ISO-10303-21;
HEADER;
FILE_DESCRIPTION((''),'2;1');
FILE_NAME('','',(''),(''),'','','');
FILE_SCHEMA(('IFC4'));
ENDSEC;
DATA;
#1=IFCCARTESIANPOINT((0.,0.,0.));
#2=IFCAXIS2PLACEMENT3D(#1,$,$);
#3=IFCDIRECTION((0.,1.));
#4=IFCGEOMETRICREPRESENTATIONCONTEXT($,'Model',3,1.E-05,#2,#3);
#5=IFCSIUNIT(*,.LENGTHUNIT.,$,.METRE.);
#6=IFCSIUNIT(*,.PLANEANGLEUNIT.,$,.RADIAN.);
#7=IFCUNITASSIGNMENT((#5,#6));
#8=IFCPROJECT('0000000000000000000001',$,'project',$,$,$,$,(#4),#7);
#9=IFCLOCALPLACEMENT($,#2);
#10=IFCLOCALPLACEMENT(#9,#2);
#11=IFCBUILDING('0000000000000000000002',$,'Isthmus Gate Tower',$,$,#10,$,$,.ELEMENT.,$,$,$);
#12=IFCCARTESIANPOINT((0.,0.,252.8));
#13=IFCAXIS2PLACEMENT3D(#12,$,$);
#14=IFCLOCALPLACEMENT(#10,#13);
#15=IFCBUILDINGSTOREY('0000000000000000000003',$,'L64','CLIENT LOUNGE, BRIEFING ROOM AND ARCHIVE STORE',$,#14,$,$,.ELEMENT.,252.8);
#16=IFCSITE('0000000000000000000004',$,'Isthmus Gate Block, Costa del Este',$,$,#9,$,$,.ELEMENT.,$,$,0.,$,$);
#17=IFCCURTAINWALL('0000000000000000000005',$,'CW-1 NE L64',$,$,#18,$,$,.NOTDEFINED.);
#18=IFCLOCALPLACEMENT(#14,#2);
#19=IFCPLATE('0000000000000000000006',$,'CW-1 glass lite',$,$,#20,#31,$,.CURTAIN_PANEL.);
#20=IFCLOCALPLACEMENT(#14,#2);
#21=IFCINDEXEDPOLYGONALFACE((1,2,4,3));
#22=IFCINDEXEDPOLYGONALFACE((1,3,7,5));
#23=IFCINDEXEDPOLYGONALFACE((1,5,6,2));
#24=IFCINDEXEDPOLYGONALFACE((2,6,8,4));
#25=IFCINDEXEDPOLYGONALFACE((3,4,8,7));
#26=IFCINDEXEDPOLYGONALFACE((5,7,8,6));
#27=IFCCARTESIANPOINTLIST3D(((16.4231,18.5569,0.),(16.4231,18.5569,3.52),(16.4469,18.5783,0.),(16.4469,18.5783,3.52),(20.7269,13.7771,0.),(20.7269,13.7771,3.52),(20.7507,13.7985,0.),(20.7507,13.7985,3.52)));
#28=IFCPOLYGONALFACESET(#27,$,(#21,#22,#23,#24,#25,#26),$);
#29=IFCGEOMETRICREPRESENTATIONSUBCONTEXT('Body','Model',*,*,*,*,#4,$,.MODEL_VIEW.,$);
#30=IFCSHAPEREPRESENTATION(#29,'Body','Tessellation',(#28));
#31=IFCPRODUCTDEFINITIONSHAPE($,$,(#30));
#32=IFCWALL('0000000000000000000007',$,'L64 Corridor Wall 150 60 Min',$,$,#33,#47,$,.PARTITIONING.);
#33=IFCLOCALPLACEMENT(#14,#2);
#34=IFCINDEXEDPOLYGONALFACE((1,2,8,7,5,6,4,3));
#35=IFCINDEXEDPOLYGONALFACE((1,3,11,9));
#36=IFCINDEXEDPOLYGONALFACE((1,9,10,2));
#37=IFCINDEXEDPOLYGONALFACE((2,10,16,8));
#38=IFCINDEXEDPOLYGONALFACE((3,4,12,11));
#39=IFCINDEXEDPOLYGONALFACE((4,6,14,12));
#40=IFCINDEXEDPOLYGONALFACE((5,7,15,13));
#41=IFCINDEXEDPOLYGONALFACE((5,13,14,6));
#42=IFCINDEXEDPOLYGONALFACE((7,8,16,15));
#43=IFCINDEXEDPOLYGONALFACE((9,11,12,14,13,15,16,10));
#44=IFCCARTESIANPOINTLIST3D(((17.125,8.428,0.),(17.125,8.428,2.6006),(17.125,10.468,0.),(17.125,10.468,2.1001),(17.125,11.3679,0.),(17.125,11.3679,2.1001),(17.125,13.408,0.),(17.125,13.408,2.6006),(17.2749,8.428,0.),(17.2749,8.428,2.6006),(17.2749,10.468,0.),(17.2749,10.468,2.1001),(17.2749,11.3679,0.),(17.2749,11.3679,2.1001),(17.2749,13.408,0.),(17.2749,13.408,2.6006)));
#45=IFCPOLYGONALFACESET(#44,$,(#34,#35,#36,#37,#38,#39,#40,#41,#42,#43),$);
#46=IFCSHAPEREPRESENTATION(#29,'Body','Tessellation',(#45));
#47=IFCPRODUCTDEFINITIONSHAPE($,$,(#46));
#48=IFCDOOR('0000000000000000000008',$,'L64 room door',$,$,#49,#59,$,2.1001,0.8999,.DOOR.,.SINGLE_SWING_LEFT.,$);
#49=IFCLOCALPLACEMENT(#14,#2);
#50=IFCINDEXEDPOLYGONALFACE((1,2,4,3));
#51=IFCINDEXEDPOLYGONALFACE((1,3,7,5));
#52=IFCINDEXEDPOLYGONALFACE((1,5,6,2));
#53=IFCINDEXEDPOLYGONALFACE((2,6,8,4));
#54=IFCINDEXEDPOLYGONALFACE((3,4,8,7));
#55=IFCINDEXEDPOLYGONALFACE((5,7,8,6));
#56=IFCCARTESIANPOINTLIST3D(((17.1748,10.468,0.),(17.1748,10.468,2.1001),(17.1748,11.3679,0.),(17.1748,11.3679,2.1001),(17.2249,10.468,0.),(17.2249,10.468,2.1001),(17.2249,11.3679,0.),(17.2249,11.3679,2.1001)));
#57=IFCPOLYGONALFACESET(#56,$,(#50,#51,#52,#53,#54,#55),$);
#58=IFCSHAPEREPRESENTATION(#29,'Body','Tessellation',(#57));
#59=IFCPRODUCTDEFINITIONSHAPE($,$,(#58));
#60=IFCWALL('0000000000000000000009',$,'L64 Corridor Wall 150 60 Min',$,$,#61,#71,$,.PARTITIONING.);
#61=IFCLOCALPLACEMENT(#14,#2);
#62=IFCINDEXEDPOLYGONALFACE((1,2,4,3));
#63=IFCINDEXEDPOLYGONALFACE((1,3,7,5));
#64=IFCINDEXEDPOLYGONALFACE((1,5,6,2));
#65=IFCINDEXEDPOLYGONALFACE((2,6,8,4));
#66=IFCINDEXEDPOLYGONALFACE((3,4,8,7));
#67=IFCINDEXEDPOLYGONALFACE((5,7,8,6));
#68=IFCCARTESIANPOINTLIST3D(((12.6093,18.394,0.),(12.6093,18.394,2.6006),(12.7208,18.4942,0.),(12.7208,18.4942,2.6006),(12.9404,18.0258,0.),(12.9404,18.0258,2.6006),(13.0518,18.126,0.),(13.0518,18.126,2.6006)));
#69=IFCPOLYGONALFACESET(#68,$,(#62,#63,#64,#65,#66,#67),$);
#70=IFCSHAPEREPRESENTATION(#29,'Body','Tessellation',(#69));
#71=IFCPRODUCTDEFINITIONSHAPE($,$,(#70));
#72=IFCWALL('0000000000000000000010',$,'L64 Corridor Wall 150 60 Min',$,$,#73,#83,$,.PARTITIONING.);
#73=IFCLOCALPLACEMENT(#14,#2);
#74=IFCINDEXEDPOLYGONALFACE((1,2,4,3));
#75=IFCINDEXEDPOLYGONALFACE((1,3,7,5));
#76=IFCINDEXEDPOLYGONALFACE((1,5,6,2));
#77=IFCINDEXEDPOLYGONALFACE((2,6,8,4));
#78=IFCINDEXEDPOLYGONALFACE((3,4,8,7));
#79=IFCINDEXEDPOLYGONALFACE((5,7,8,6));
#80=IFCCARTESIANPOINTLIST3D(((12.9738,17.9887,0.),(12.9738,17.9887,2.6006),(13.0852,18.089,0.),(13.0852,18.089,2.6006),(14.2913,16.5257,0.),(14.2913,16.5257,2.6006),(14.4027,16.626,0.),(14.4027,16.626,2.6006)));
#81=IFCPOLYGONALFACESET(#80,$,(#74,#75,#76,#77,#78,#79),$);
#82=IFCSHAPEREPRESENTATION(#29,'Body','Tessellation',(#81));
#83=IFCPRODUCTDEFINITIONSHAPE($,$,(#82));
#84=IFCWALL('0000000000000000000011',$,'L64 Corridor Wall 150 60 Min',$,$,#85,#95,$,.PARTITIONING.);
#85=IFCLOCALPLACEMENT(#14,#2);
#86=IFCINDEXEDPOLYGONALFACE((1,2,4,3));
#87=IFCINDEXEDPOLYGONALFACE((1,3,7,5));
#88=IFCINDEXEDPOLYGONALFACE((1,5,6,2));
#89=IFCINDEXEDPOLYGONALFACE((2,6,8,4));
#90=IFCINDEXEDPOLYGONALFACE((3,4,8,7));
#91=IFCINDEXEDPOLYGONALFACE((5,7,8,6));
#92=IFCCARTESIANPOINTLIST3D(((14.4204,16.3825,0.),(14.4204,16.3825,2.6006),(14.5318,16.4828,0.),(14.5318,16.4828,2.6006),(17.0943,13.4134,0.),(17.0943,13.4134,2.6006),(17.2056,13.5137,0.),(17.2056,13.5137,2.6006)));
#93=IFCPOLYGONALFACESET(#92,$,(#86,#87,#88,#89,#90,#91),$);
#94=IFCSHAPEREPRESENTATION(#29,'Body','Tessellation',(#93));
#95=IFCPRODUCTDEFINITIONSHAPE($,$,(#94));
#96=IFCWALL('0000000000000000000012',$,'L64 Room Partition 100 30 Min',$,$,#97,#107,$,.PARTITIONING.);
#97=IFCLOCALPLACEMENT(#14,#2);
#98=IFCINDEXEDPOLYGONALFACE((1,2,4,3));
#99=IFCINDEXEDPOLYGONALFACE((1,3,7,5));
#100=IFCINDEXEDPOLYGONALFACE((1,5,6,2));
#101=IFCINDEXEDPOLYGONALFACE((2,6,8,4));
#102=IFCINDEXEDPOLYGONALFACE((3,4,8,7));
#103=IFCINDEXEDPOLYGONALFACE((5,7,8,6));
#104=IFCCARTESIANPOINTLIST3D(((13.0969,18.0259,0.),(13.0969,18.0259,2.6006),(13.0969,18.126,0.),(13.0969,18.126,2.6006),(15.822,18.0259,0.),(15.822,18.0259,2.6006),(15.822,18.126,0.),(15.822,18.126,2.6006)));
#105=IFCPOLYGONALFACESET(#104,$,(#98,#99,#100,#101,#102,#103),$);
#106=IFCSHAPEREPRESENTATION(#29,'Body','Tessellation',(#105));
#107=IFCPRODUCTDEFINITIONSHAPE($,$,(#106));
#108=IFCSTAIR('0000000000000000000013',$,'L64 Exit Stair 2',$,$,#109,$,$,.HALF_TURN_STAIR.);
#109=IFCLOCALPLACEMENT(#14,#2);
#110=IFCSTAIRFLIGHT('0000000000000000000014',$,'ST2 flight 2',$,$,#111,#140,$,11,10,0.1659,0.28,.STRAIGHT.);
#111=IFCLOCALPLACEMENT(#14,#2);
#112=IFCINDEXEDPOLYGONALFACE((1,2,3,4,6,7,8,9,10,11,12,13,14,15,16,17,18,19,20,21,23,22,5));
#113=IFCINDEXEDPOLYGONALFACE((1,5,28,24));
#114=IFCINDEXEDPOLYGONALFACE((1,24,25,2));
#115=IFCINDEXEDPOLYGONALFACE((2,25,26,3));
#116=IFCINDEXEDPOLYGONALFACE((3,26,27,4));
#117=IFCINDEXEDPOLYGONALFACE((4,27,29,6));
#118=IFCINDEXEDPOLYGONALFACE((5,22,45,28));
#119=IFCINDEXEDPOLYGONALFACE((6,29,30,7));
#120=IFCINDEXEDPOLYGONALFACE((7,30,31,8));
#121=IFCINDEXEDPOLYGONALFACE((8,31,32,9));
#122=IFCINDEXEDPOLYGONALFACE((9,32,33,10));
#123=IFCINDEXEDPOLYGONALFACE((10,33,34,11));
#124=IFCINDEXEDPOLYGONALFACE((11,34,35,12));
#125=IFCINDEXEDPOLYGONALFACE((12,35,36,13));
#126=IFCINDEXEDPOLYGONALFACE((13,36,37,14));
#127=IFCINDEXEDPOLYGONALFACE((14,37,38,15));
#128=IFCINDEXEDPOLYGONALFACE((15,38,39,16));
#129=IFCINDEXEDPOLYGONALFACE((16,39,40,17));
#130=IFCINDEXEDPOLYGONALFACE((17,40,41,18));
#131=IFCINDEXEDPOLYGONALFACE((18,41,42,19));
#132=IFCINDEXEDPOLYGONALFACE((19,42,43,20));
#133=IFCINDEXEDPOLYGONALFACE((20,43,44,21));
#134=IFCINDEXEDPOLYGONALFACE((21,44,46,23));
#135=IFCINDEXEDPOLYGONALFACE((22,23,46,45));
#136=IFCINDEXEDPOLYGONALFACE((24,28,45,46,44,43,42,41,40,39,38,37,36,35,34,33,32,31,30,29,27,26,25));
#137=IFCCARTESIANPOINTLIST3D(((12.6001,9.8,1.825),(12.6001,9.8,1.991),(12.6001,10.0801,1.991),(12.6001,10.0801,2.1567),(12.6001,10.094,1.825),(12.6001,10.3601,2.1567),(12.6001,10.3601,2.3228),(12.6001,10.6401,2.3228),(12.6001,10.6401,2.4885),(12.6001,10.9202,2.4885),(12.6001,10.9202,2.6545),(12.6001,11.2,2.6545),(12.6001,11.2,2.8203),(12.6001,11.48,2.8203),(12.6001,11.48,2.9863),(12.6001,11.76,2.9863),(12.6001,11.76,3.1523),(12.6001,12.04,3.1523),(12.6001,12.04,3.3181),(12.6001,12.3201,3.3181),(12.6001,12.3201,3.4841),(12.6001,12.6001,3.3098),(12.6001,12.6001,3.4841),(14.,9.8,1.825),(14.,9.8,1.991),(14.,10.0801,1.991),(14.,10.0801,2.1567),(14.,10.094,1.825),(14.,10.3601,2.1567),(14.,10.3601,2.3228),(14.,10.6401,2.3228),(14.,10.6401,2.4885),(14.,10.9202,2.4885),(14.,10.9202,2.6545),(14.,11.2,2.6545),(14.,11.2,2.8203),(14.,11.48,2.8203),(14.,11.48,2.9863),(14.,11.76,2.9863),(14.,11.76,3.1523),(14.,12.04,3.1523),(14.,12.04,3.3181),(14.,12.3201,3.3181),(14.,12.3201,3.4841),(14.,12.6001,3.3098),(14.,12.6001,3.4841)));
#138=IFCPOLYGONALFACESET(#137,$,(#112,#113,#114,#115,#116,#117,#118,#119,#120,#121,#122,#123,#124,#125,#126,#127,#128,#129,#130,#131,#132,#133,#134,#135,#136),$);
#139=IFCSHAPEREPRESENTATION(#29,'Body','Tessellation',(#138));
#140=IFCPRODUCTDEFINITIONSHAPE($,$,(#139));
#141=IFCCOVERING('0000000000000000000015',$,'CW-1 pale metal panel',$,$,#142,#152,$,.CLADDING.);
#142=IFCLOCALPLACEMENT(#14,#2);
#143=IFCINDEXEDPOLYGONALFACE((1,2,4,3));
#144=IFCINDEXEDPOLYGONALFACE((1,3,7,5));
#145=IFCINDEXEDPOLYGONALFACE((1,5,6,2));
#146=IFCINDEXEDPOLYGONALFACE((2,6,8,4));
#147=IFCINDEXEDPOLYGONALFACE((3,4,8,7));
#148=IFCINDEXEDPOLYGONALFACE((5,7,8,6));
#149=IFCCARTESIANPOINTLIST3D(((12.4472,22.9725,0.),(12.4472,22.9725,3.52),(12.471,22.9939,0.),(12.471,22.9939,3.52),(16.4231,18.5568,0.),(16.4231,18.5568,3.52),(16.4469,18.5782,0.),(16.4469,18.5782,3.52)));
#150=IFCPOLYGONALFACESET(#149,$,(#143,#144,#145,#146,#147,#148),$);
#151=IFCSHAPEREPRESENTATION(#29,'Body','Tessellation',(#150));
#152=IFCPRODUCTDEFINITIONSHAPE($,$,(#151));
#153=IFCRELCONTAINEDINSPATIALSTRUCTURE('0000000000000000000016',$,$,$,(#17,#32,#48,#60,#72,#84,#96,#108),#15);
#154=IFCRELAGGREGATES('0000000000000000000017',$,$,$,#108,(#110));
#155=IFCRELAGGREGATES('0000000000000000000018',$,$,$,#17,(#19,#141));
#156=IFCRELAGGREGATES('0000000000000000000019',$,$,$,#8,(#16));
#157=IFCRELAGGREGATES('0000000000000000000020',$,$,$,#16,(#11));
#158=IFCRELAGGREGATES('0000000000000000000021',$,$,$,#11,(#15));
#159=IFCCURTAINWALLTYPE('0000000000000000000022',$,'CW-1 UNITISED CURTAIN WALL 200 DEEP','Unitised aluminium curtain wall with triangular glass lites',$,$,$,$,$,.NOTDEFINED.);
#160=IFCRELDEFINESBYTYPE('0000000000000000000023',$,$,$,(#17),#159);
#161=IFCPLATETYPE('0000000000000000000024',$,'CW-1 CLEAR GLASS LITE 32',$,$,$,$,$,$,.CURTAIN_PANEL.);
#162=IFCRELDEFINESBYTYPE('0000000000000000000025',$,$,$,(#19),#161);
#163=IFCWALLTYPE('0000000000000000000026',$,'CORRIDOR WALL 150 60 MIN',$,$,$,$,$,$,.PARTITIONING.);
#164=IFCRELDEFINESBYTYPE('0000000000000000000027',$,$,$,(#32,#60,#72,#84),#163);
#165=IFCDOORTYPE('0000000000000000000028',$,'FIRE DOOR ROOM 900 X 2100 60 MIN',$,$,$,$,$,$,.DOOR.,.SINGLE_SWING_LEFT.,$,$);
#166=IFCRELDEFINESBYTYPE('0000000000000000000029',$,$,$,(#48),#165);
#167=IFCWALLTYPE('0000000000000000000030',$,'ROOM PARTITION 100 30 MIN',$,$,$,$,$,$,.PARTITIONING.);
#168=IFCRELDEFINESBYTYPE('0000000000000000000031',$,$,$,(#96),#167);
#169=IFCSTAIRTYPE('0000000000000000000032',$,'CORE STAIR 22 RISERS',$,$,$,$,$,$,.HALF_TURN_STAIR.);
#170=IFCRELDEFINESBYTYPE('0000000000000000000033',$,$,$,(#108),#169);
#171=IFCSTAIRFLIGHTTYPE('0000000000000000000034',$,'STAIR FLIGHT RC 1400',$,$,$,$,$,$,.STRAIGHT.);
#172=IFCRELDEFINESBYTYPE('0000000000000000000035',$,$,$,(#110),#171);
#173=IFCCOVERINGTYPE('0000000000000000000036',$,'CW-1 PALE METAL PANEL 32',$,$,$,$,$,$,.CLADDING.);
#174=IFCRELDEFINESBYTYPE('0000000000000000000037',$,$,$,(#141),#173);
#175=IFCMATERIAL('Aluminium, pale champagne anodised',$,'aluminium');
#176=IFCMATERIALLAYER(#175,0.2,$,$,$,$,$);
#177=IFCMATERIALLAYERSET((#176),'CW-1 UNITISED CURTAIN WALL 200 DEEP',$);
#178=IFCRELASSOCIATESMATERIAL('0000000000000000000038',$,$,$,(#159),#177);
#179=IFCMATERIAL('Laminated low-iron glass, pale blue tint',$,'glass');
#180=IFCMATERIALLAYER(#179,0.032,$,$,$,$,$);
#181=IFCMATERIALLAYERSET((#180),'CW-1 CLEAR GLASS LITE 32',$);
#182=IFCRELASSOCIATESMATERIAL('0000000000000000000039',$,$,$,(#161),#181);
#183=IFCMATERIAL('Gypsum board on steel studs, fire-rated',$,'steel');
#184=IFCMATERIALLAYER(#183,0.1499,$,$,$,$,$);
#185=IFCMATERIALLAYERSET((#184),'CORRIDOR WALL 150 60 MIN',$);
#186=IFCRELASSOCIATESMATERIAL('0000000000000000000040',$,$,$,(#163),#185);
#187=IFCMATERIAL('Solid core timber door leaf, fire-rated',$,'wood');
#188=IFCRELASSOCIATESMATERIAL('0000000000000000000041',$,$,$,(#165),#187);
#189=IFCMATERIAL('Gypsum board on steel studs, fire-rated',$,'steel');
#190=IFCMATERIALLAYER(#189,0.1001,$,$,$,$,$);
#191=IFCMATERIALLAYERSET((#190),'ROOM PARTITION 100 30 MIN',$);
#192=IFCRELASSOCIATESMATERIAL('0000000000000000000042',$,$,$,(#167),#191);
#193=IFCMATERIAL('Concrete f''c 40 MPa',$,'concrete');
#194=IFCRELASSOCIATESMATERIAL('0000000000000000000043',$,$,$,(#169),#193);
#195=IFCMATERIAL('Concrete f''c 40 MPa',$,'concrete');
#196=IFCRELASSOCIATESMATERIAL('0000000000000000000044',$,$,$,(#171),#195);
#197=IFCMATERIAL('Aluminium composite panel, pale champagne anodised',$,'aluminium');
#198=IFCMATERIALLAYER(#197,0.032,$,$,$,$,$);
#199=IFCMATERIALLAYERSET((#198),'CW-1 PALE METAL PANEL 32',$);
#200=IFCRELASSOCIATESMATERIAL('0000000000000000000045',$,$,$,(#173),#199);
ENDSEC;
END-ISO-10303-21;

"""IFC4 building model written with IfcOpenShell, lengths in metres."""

from ifc_helpers import new_model, si_unit, direction, frame, frame_2d, origin, origin_2d, place, context, subcontext, project, spatial, polyline, rectangle, outline, extrude, material, layer, layer_set, type_object, element, fill, aggregate, save


model = new_model("IFC4")

# Units and contexts
model_context = context("Model", 3, precision=1e-05, world=origin(), true_north=direction((0.0, 1.0)))
body_context = subcontext(model_context, "Body", "Model", "MODEL_VIEW")
ifc_project = project(units=[si_unit("LENGTHUNIT", "METRE"), si_unit("PLANEANGLEUNIT", "RADIAN")], contexts=[model_context])

# Site, building, storey
site_placement = place(None, origin())
site = spatial("IfcSite", under=ifc_project, at=site_placement, Name="Isthmus Gate Block, Costa del Este", CompositionType="ELEMENT", RefElevation=0.0)
building_placement = place(site_placement, origin())
building = spatial("IfcBuilding", under=site, at=building_placement, Name="Isthmus Gate Tower", CompositionType="ELEMENT")
storey_placement = place(building_placement, frame((0.0, 0.0, 252.8)))
storey = spatial("IfcBuildingStorey", under=building, at=storey_placement, Name="L64", Description="CLIENT LOUNGE, BRIEFING ROOM AND ARCHIVE STORE", CompositionType="ELEMENT", Elevation=252.8)

# Curtain wall
ifc_material_1 = material(Name="Aluminium, pale champagne anodised", Category="aluminium")
ifc_layer_1 = layer(ifc_material_1, 0.2)
ifc_layer_set_1 = layer_set([ifc_layer_1], Name="CW-1 UNITISED CURTAIN WALL 200 DEEP")
curtain_wall_type = type_object("IfcCurtainWallType", Name="CW-1 UNITISED CURTAIN WALL 200 DEEP", Description="Unitised aluminium curtain wall with triangular glass lites", PredefinedType="NOTDEFINED", material=ifc_layer_set_1)
curtain_wall_placement = place(storey_placement, origin())
curtain_wall = element("IfcCurtainWall", 1, at=curtain_wall_placement, inside=storey, type_object=curtain_wall_type, Name="CW-1 NE L64", PredefinedType="NOTDEFINED")

# Plate
ifc_material_2 = material(Name="Laminated low-iron glass, pale blue tint", Category="glass")
ifc_layer_2 = layer(ifc_material_2, 0.032)
ifc_layer_set_2 = layer_set([ifc_layer_2], Name="CW-1 CLEAR GLASS LITE 32")
plate_type = type_object("IfcPlateType", Name="CW-1 CLEAR GLASS LITE 32", PredefinedType="CURTAIN_PANEL", material=ifc_layer_set_2)
plate_1_placement = place(storey_placement, frame((18.5869, 16.1777, 0.0), z_axis=(0.0, 0.0, 1.0), x_axis=(-0.669131, 0.743145, 0.0)))
plate_1 = element("IfcPlate", 2, at=plate_1_placement, type_object=plate_type, Name="CW-1 glass lite", PredefinedType="CURTAIN_PANEL", context=body_context, shape_type="SweptSolid", body=[
    extrude(rectangle(XDim=6.4319, YDim=0.032, at=origin_2d()), origin(), (0.0, 0.0, 1.0), 3.52),
])

# Wall, opening, door
ifc_material_3 = material(Name="Gypsum board on steel studs, fire-rated", Category="steel")
ifc_layer_3 = layer(ifc_material_3, 0.1499)
ifc_layer_set_3 = layer_set([ifc_layer_3], Name="CORRIDOR WALL 150 60 MIN")
wall_type_1 = type_object("IfcWallType", Name="CORRIDOR WALL 150 60 MIN", PredefinedType="PARTITIONING", material=ifc_layer_set_3)
wall_1_placement = place(storey_placement, frame((17.2, 13.408, 0.0), z_axis=(0.0, 0.0, 1.0), x_axis=(0.0, -1.0, 0.0)))
wall_1 = element("IfcWall", 3, at=wall_1_placement, inside=storey, type_object=wall_type_1, Name="L64 Corridor Wall 150 60 Min", PredefinedType="PARTITIONING", context=body_context, shape_type="SweptSolid", body=[
    extrude(rectangle(XDim=4.98, YDim=0.1499, at=frame_2d((2.49, 0.0))), origin(), (0.0, 0.0, 1.0), 2.6006),
])
opening_placement = place(wall_1_placement, frame((2.04, 0.0, 0.0)))
opening = element("IfcOpeningElement", 4, at=opening_placement, cuts=wall_1, PredefinedType="OPENING", context=body_context, shape_type="SweptSolid", body=[
    extrude(rectangle(XDim=0.8999, YDim=2.1001, at=frame_2d((0.45, 1.05))), frame((0.0, 0.085, 0.0), z_axis=(0.0, -1.0, 0.0), x_axis=(1.0, 0.0, 0.0)), (0.0, 0.0, 1.0), 0.1699),
])
ifc_material_4 = material(Name="Solid core timber door leaf, fire-rated", Category="wood")
door_type = type_object("IfcDoorType", Name="FIRE DOOR ROOM 900 X 2100 60 MIN", OperationType="SINGLE_SWING_LEFT", PredefinedType="DOOR", material=ifc_material_4)
door_placement = place(opening_placement, origin())
door = element("IfcDoor", 5, at=door_placement, inside=storey, type_object=door_type, Name="L64 room door", OperationType="SINGLE_SWING_LEFT", OverallHeight=2.1001, OverallWidth=0.8999, PredefinedType="DOOR", context=body_context, shape_type="SweptSolid", body=[
    extrude(rectangle(XDim=0.8999, YDim=2.1001, at=frame_2d((0.45, 1.05))), frame((0.0, 0.0249, 0.0), z_axis=(0.0, -1.0, 0.0), x_axis=(1.0, 0.0, 0.0)), (0.0, 0.0, 1.0), 0.05),
])
fill(opening, door)

# Walls
wall_2_placement = place(storey_placement, frame((12.665, 18.4441, 0.0), z_axis=(0.0, 0.0, 1.0), x_axis=(0.668638, -0.743588, 0.0)))
element("IfcWall", 6, at=wall_2_placement, inside=storey, type_object=wall_type_1, Name="L64 Corridor Wall 150 60 Min", PredefinedType="PARTITIONING", context=body_context, shape_type="SweptSolid", body=[
    extrude(rectangle(XDim=0.4951, YDim=0.1499, at=frame_2d((0.2476, 0.0))), origin(), (0.0, 0.0, 1.0), 2.6006),
])
wall_3_placement = place(storey_placement, frame((13.0295, 18.0388, 0.0), z_axis=(0.0, 0.0, 1.0), x_axis=(0.669184, -0.743097, 0.0)))
element("IfcWall", 7, at=wall_3_placement, inside=storey, type_object=wall_type_1, Name="L64 Corridor Wall 150 60 Min", PredefinedType="PARTITIONING", context=body_context, shape_type="SweptSolid", body=[
    extrude(rectangle(XDim=1.9688, YDim=0.1499, at=frame_2d((0.9844, 0.0))), origin(), (0.0, 0.0, 1.0), 2.6006),
])
wall_4_placement = place(storey_placement, frame((14.4761, 16.4326, 0.0), z_axis=(0.0, 0.0, 1.0), x_axis=(0.669204, -0.743078, 0.0)))
element("IfcWall", 8, at=wall_4_placement, inside=storey, type_object=wall_type_1, Name="L64 Corridor Wall 150 60 Min", PredefinedType="PARTITIONING", context=body_context, shape_type="SweptSolid", body=[
    extrude(rectangle(XDim=3.9956, YDim=0.1499, at=frame_2d((1.9978, 0.0))), origin(), (0.0, 0.0, 1.0), 2.6006),
])
ifc_material_5 = material(Name="Gypsum board on steel studs, fire-rated", Category="steel")
ifc_layer_4 = layer(ifc_material_5, 0.1001)
ifc_layer_set_4 = layer_set([ifc_layer_4], Name="ROOM PARTITION 100 30 MIN")
wall_type_2 = type_object("IfcWallType", Name="ROOM PARTITION 100 30 MIN", PredefinedType="PARTITIONING", material=ifc_layer_set_4)
wall_5_placement = place(storey_placement, frame((13.0969, 18.0759, 0.0), z_axis=(0.0, 0.0, 1.0), x_axis=(1.0, 0.0, 0.0)))
element("IfcWall", 9, at=wall_5_placement, inside=storey, type_object=wall_type_2, Name="L64 Room Partition 100 30 Min", PredefinedType="PARTITIONING", context=body_context, shape_type="SweptSolid", body=[
    extrude(rectangle(XDim=2.7251, YDim=0.1001, at=frame_2d((1.3625, 0.0))), origin(), (0.0, 0.0, 1.0), 2.6006),
])

# Stair, stair flight
ifc_material_6 = material(Name="Concrete f'c 40 MPa", Category="concrete")
stair_type = type_object("IfcStairType", Name="CORE STAIR 22 RISERS", PredefinedType="HALF_TURN_STAIR", material=ifc_material_6)
stair_placement = place(storey_placement, origin())
stair = element("IfcStair", 10, at=stair_placement, inside=storey, type_object=stair_type, Name="L64 Exit Stair 2", PredefinedType="HALF_TURN_STAIR")
ifc_material_7 = material(Name="Concrete f'c 40 MPa", Category="concrete")
stair_flight_type = type_object("IfcStairFlightType", Name="STAIR FLIGHT RC 1400", PredefinedType="STRAIGHT", material=ifc_material_7)
stair_flight_placement = place(storey_placement, frame((13.3, 9.8, 1.825), z_axis=(0.0, 0.0, 1.0), x_axis=(0.0, 1.0, 0.0)))
stair_flight = element("IfcStairFlight", 11, at=stair_flight_placement, type_object=stair_flight_type, Name="ST2 flight 2", NumberOfRisers=11, NumberOfTreads=10, PredefinedType="STRAIGHT", RiserHeight=0.1659, TreadLength=0.28, context=body_context, shape_type="SweptSolid", body=[
    extrude(outline(polyline([(0.0, 0.0), (0.0, 0.166), (0.28, 0.166), (0.28, 0.3318), (0.5601, 0.3318), (0.5601, 0.4978), (0.8401, 0.4978), (0.8401, 0.6636), (1.1201, 0.6636), (1.1201, 0.8296), (1.3999, 0.8296), (1.3999, 0.9954), (1.6799, 0.9954), (1.6799, 1.1614), (1.96, 1.1614), (1.96, 1.3274), (2.24, 1.3274), (2.24, 1.4932), (2.52, 1.4932), (2.52, 1.6592), (2.8, 1.6592), (2.8, 1.825), (2.8, 1.4849), (0.2939, 0.0), (0.0, 0.0)])), frame((0.0, 0.7, 0.0), z_axis=(0.0, -1.0, 0.0), x_axis=(1.0, 0.0, 0.0)), (0.0, 0.0, 1.0), 1.3999),
])
aggregate(stair, [stair_flight])

# Covering
ifc_material_8 = material(Name="Aluminium composite panel, pale champagne anodised", Category="aluminium")
ifc_layer_5 = layer(ifc_material_8, 0.032)
ifc_layer_set_5 = layer_set([ifc_layer_5], Name="CW-1 PALE METAL PANEL 32")
covering_type = type_object("IfcCoveringType", Name="CW-1 PALE METAL PANEL 32", PredefinedType="CLADDING", material=ifc_layer_set_5)
covering_placement = place(storey_placement, frame((14.447, 20.7754, 0.0), z_axis=(0.0, 0.0, 1.0), x_axis=(-0.669131, 0.743145, 0.0)))
covering = element("IfcCovering", 12, at=covering_placement, type_object=covering_type, Name="CW-1 pale metal panel", PredefinedType="CLADDING", context=body_context, shape_type="SweptSolid", body=[
    extrude(rectangle(XDim=5.9419, YDim=0.032, at=origin_2d()), origin(), (0.0, 0.0, 1.0), 3.52),
])
aggregate(curtain_wall, [plate_1, covering])

save(model, "model.ifc")
